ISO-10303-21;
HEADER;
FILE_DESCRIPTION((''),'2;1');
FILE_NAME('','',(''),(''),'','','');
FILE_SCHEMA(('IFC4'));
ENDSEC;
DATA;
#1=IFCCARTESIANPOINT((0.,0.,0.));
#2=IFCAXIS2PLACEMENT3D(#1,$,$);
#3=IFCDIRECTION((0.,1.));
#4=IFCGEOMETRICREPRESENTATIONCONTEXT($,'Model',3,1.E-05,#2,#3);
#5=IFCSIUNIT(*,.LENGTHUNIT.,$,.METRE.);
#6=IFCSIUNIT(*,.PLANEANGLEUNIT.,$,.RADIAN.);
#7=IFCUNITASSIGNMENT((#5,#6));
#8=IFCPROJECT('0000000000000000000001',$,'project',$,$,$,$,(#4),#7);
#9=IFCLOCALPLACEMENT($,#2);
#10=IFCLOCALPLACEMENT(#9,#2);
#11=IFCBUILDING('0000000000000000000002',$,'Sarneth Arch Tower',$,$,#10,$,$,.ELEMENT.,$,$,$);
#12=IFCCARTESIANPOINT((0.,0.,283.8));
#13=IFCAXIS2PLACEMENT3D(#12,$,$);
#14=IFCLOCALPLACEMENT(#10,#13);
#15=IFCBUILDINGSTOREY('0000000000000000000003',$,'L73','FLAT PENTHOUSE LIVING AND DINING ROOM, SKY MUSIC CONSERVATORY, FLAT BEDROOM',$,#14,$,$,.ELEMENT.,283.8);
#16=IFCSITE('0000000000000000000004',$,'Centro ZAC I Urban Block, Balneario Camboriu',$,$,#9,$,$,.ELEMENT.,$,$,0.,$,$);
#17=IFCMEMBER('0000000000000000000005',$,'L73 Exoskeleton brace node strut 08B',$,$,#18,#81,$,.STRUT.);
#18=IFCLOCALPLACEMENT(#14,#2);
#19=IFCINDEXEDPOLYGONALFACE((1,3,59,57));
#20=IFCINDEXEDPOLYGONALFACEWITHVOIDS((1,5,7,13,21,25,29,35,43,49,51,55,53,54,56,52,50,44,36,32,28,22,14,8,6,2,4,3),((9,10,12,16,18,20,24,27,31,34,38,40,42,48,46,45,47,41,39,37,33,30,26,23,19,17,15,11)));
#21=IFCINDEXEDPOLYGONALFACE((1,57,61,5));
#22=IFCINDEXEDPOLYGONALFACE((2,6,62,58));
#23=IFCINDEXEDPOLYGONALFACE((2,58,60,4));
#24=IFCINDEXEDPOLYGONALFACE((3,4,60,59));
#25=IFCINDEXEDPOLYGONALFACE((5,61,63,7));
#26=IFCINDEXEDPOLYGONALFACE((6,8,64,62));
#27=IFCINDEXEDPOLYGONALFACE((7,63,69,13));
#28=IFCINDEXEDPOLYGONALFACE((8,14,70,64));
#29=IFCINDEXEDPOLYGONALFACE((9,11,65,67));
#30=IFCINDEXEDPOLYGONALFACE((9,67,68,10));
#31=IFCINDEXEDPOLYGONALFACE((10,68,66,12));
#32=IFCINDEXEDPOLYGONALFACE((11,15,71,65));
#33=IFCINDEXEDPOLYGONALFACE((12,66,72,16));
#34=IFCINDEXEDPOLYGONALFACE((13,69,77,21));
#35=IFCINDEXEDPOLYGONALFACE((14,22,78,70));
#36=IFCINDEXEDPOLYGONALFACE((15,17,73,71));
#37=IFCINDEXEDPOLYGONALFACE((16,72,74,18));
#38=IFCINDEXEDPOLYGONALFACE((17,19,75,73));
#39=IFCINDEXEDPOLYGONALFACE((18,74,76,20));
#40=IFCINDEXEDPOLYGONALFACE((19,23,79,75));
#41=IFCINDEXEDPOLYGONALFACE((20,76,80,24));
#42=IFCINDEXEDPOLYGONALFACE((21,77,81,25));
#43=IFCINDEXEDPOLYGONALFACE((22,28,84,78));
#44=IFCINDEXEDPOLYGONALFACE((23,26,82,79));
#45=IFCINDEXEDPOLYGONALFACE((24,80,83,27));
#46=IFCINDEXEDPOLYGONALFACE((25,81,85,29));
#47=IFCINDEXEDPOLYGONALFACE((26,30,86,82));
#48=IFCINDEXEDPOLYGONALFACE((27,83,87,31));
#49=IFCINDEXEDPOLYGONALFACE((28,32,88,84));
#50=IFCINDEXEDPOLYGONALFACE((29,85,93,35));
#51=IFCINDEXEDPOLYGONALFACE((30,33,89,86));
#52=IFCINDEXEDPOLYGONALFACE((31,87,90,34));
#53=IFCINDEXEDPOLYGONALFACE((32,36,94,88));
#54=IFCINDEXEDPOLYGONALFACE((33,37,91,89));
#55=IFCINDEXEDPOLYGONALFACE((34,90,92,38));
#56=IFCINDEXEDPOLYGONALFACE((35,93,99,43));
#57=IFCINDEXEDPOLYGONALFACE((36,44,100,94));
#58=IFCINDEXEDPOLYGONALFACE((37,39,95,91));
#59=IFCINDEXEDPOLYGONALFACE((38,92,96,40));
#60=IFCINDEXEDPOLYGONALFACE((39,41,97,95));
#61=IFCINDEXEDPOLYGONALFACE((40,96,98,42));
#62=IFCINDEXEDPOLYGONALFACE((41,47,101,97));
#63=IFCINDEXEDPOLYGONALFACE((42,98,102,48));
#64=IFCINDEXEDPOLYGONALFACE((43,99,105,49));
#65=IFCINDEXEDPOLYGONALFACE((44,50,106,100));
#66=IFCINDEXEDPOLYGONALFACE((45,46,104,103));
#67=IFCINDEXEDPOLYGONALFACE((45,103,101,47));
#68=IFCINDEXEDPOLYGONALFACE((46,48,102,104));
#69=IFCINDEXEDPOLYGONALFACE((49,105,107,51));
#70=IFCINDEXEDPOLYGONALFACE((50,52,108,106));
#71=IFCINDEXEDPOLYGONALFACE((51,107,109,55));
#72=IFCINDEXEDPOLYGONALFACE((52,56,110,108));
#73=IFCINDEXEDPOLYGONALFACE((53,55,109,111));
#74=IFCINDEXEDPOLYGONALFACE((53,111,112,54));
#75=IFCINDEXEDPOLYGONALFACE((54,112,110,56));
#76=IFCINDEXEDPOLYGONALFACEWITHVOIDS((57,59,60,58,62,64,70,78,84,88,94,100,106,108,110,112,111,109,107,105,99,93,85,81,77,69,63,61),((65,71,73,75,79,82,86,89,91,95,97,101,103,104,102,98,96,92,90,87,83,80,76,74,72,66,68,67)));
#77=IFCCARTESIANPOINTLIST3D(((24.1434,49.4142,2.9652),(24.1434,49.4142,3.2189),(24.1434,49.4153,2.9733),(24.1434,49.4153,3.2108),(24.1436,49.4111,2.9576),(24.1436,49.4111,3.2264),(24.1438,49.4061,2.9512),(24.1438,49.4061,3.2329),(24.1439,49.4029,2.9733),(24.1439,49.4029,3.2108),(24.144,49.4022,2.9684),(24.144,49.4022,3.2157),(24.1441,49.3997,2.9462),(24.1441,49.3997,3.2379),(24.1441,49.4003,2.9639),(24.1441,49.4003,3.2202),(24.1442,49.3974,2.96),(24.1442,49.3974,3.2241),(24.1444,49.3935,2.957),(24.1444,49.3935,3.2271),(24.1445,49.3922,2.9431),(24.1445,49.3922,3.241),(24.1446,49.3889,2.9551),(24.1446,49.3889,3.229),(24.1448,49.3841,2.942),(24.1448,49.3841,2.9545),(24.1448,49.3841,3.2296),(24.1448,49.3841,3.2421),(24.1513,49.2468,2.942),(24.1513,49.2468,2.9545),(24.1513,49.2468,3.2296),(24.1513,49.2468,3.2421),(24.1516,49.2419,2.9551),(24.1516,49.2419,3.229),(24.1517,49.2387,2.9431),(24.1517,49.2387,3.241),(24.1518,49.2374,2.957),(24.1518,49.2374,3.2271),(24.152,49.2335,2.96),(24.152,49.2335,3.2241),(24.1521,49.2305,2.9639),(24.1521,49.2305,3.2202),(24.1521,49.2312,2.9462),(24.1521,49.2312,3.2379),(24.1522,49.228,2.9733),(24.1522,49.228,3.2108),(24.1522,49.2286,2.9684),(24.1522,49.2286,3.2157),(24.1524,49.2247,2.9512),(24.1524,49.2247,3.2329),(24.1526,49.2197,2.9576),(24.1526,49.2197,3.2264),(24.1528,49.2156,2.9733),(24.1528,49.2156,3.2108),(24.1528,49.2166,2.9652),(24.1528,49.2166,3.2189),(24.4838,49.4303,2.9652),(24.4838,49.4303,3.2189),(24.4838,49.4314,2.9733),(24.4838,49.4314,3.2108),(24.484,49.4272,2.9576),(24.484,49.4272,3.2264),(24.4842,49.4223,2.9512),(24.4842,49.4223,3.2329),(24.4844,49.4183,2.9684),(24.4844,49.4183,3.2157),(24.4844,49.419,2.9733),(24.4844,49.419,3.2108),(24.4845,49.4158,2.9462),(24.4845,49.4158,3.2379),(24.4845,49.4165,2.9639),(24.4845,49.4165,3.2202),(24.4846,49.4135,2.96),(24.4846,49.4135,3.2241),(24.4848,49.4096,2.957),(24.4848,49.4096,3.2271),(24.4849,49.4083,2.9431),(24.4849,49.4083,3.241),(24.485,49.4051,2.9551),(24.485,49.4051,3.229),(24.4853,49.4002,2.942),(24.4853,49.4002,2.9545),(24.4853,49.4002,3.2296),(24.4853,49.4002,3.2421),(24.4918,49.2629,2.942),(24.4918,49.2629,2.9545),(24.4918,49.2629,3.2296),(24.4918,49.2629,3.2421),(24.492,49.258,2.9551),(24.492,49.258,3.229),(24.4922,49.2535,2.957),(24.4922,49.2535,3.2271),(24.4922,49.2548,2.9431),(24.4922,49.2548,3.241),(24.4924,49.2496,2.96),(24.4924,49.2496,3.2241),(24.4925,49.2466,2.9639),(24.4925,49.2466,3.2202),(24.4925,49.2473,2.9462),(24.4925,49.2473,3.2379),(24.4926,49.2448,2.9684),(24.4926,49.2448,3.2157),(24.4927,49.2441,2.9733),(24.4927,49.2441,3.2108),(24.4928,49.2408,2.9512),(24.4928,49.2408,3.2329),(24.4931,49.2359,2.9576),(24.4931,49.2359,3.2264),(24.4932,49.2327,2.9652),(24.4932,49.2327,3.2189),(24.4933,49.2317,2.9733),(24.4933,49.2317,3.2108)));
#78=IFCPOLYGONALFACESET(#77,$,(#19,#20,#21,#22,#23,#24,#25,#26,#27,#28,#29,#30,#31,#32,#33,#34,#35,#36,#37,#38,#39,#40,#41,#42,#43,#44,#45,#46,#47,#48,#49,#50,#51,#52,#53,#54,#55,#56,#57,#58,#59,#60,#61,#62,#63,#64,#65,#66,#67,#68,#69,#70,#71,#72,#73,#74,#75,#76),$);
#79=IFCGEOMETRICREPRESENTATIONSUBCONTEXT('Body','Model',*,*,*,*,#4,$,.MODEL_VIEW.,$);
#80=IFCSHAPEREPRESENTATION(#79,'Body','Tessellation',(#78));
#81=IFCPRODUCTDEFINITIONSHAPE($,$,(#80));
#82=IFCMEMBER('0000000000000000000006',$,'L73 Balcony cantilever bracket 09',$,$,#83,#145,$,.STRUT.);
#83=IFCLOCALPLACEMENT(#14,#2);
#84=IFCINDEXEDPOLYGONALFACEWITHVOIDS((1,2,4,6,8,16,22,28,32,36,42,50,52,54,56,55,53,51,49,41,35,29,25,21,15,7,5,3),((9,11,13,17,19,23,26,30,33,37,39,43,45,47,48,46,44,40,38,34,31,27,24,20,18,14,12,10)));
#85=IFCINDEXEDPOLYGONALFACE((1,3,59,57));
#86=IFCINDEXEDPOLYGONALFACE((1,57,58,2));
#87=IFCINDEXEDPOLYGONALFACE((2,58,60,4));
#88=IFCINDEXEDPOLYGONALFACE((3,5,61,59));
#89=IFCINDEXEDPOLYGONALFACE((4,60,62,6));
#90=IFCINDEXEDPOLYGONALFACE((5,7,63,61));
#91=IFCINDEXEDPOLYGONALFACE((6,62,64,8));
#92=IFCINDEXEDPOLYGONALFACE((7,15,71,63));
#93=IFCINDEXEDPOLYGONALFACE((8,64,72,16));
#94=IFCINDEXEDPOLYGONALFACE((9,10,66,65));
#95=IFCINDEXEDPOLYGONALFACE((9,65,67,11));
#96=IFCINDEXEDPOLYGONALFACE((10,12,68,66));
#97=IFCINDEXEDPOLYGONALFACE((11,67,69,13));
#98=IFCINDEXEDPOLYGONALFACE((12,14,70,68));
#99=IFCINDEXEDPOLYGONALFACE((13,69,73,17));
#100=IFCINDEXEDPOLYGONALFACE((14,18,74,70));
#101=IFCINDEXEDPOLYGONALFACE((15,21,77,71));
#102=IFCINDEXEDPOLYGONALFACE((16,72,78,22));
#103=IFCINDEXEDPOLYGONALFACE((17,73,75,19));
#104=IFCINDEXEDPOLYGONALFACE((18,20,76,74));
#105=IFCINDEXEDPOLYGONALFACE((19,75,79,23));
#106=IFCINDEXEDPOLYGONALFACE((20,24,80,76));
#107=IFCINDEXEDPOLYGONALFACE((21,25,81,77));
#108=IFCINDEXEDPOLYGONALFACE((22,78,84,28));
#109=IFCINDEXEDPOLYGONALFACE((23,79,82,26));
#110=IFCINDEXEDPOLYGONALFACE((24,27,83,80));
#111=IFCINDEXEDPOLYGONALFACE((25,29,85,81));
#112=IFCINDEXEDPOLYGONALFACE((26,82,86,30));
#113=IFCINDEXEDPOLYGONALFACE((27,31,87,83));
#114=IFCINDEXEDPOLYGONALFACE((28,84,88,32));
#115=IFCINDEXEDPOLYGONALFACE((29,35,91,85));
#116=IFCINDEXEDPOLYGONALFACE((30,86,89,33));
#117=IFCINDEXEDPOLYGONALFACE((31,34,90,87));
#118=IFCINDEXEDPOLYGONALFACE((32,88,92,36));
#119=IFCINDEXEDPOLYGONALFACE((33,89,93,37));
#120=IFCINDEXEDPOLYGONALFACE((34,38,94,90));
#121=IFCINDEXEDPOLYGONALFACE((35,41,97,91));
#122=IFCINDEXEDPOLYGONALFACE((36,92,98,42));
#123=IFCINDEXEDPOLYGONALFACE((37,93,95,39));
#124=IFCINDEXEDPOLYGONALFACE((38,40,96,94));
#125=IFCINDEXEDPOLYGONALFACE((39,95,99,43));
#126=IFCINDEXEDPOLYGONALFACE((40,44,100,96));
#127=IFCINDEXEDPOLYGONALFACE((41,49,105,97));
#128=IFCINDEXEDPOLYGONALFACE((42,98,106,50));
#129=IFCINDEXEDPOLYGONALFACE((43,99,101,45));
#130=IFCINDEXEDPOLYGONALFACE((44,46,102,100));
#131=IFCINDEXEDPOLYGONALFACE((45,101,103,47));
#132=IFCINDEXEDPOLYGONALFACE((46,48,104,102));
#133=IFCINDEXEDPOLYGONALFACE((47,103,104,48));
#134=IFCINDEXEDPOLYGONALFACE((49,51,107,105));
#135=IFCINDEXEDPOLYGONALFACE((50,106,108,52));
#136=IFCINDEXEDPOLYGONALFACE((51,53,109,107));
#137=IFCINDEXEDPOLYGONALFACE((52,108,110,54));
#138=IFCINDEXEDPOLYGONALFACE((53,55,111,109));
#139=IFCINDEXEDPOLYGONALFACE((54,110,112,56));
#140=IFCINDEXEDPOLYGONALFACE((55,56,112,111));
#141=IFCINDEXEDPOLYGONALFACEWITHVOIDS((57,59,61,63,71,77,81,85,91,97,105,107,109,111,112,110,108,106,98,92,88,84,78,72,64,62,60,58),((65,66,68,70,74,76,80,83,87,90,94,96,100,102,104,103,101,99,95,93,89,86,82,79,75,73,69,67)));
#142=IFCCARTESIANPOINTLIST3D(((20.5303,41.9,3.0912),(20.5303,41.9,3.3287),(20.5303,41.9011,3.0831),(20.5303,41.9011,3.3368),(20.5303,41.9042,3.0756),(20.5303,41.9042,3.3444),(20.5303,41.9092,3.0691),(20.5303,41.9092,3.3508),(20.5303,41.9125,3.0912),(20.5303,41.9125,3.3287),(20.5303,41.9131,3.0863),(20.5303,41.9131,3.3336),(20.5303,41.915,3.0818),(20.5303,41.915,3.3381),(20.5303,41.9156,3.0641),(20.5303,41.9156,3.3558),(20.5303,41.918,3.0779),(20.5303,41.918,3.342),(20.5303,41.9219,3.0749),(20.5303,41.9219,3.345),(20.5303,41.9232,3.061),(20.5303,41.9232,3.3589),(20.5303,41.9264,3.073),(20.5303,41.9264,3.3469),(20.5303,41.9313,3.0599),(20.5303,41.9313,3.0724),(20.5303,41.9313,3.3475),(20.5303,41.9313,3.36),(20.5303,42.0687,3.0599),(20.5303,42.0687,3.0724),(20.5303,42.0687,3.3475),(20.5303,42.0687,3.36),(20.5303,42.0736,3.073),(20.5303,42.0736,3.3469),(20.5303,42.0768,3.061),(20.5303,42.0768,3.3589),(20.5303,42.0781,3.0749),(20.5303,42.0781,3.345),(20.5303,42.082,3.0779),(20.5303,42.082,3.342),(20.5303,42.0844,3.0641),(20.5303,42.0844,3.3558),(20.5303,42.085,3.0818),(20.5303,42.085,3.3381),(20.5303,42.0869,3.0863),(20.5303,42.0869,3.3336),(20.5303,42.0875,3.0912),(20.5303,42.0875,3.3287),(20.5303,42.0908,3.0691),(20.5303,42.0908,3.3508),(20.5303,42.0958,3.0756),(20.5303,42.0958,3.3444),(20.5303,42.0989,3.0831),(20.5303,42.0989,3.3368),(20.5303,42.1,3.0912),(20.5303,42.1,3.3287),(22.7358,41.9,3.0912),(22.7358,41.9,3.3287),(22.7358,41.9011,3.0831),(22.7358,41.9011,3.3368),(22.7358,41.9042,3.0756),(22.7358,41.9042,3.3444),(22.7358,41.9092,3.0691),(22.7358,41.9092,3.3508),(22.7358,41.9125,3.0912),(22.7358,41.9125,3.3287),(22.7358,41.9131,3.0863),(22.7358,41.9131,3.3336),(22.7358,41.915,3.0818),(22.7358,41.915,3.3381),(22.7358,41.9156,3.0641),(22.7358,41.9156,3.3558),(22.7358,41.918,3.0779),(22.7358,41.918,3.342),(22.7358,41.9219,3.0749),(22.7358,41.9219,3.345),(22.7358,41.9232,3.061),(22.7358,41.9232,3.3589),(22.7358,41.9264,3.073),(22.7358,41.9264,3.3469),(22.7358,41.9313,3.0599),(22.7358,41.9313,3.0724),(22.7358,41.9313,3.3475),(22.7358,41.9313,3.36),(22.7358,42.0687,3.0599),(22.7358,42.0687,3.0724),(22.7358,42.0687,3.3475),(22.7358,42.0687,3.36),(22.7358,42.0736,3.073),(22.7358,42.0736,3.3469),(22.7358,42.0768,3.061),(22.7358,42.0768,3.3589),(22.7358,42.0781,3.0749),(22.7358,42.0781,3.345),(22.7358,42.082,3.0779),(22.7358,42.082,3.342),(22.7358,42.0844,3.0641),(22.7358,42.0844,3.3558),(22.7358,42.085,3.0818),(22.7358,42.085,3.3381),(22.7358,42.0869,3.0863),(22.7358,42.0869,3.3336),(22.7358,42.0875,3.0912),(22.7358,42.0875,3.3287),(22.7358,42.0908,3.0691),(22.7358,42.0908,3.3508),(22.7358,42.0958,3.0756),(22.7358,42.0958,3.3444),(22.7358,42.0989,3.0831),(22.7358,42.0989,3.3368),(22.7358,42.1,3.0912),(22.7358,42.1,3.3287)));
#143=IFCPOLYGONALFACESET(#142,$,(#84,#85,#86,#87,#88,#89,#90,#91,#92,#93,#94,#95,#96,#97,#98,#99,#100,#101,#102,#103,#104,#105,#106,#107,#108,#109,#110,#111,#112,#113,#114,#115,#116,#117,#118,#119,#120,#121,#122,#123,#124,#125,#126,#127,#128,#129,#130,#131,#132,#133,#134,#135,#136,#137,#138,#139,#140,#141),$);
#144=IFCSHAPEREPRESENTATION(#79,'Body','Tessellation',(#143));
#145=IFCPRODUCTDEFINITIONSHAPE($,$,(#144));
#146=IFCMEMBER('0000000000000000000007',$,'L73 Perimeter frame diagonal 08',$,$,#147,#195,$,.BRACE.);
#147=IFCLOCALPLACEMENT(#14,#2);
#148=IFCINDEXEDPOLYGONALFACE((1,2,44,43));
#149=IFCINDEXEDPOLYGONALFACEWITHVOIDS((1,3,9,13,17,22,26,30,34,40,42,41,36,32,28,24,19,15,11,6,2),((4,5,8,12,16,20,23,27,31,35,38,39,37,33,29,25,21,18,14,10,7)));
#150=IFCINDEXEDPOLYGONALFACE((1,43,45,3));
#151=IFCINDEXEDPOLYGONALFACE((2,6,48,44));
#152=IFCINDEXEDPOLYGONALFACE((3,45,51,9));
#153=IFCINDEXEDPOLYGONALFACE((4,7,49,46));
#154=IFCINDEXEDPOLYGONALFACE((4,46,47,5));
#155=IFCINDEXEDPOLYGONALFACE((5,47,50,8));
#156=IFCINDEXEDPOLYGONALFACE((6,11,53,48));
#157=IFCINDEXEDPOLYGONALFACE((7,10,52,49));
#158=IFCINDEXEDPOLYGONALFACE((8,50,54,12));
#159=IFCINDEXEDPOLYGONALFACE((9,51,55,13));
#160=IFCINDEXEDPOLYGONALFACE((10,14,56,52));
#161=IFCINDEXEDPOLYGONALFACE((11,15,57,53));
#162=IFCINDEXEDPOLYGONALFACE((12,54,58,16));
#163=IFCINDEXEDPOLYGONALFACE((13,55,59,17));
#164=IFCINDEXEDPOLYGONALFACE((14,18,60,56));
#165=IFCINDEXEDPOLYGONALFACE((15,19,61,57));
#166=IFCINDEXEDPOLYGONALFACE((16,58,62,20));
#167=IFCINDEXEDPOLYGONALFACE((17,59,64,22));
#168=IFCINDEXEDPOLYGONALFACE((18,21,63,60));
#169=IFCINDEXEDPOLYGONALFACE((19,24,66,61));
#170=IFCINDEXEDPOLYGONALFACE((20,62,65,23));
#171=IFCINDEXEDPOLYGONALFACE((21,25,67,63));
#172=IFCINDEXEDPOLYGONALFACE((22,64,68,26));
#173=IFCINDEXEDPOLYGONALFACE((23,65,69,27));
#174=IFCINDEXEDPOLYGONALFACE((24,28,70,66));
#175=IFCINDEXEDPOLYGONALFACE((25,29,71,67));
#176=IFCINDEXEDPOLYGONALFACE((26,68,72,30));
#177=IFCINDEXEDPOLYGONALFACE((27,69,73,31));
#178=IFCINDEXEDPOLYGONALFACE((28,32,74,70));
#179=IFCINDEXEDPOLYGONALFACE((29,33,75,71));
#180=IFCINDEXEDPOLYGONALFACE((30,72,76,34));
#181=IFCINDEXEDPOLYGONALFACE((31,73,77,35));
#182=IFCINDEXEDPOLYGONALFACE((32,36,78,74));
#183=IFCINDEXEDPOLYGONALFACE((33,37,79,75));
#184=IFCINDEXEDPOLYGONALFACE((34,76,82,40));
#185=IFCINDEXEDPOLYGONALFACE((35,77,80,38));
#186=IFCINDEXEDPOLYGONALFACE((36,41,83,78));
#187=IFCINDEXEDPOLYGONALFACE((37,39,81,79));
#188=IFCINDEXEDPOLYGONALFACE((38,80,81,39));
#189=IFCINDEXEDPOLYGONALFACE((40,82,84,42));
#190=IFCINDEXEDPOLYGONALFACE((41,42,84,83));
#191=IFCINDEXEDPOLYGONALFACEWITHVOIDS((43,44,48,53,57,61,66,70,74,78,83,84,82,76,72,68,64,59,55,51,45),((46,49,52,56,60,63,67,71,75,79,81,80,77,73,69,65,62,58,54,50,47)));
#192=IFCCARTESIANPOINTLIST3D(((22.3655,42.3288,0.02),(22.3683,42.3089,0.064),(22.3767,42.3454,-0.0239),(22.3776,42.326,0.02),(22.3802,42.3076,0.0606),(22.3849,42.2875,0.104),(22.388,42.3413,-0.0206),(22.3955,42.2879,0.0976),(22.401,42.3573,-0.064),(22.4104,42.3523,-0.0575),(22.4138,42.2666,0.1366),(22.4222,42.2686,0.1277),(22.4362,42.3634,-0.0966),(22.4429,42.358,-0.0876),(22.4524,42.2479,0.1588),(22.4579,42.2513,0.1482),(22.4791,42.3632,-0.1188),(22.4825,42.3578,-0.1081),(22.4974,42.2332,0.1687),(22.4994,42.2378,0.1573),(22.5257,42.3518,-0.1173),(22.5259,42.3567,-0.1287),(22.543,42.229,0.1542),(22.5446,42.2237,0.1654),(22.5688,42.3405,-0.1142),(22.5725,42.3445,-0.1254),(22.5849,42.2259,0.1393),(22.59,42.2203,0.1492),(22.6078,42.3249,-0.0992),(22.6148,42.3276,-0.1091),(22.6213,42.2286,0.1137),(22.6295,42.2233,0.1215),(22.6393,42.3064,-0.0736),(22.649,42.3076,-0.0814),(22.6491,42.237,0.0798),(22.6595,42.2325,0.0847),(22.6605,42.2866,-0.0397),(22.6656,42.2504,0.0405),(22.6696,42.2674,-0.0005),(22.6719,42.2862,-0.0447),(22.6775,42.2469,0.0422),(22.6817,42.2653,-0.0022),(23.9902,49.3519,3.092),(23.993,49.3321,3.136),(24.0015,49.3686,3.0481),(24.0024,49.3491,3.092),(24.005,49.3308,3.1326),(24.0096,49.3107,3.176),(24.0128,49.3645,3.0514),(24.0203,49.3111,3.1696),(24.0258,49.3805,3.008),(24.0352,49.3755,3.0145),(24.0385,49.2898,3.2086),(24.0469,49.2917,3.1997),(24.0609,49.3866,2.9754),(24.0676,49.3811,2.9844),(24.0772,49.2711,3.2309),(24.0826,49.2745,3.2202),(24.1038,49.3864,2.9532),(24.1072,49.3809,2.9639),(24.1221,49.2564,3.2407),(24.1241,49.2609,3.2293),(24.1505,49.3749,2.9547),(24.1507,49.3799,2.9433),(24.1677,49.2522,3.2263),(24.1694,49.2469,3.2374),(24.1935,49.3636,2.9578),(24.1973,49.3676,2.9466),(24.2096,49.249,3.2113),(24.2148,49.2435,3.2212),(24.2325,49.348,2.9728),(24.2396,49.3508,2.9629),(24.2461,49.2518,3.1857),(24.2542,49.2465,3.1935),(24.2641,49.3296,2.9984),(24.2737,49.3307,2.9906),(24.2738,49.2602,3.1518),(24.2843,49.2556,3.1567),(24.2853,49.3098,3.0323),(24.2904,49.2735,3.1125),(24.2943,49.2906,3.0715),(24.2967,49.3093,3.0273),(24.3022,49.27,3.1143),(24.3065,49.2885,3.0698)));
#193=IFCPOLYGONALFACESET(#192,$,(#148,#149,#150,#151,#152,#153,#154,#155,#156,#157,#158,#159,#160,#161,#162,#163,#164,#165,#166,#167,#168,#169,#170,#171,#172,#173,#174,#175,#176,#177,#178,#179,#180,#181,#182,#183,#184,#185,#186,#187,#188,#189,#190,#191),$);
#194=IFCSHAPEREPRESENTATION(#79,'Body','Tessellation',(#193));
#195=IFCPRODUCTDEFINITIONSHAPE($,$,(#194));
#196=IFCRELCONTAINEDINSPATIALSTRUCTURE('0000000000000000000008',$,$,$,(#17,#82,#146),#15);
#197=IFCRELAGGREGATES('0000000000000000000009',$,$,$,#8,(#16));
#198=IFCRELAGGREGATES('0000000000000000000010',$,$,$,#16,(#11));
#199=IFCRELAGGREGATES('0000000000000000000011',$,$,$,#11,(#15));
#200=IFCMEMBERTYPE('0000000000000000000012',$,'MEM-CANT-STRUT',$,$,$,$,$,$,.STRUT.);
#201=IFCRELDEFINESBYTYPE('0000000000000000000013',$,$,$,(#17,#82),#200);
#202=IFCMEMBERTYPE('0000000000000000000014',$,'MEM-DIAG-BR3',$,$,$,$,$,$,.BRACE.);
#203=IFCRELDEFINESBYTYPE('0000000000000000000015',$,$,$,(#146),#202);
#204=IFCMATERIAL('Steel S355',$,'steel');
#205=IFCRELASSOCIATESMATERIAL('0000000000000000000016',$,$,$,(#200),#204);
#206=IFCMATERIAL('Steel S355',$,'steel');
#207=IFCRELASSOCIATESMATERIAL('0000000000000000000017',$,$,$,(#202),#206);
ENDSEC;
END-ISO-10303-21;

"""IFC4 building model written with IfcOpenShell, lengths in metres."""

from ifc_helpers import new_model, si_unit, direction, frame, origin, origin_2d, place, context, subcontext, project, spatial, hollow_rectangle, hollow_circle, extrude, material, material_profile, profile_set, type_object, element, save


model = new_model("IFC4")

# Units and contexts
model_context = context("Model", 3, precision=1e-05, world=origin(), true_north=direction((0.0, 1.0)))
body_context = subcontext(model_context, "Body", "Model", "MODEL_VIEW")
ifc_project = project(units=[si_unit("LENGTHUNIT", "METRE"), si_unit("PLANEANGLEUNIT", "RADIAN")], contexts=[model_context])

# Site, building, storey
site_placement = place(None, origin())
site = spatial("IfcSite", under=ifc_project, at=site_placement, Name="Centro ZAC I Urban Block, Balneario Camboriu", CompositionType="ELEMENT", RefElevation=0.0)
building_placement = place(site_placement, origin())
building = spatial("IfcBuilding", under=site, at=building_placement, Name="Sarneth Arch Tower", CompositionType="ELEMENT")
storey_placement = place(building_placement, frame((0.0, 0.0, 283.8)))
storey = spatial("IfcBuildingStorey", under=building, at=storey_placement, Name="L73", Description="FLAT PENTHOUSE LIVING AND DINING ROOM, SKY MUSIC CONSERVATORY, FLAT BEDROOM", CompositionType="ELEMENT", Elevation=283.8)

# Members
ifc_material_1 = material(Name="Steel S355", Category="steel")
ifc_material_profile_1 = material_profile(ifc_material_1, hollow_rectangle(XDim=0.2, YDim=0.3, WallThickness=0.0125, InnerFilletRadius=0.0188, OuterFilletRadius=0.0312, at=origin_2d()), Name="RHS300x200x12.5")
ifc_profile_set_1 = profile_set([ifc_material_profile_1], Name="Steel S355")
member_type_1 = type_object("IfcMemberType", Name="MEM-CANT-STRUT", PredefinedType="STRUT", material=ifc_profile_set_1)
member_1_placement = place(storey_placement, frame((24.4885, 49.3315, 3.092), z_axis=(-0.998881, -0.047293, 0.0), x_axis=(0.047293, -0.998881, 0.0)))
element("IfcMember", 1, at=member_1_placement, inside=storey, type_object=member_type_1, Name="L73 Exoskeleton brace node strut 08B", PredefinedType="STRUT", context=body_context, shape_type="SweptSolid", body=[
    extrude(hollow_rectangle(XDim=0.2, YDim=0.3, WallThickness=0.0125, InnerFilletRadius=0.0188, OuterFilletRadius=0.0312, at=origin_2d()), origin(), (0.0, 0.0, 1.0), 0.3408),
])
member_2_placement = place(storey_placement, frame((22.7358, 42.0, 3.21), z_axis=(-1.0, 0.0, 0.0), x_axis=(0.0, -1.0, 0.0)))
element("IfcMember", 2, at=member_2_placement, inside=storey, type_object=member_type_1, Name="L73 Balcony cantilever bracket 09", PredefinedType="STRUT", context=body_context, shape_type="SweptSolid", body=[
    extrude(hollow_rectangle(XDim=0.2, YDim=0.3, WallThickness=0.0125, InnerFilletRadius=0.0188, OuterFilletRadius=0.0312, at=origin_2d()), origin(), (0.0, 0.0, 1.0), 2.2056),
])
ifc_material_2 = material(Name="Steel S355", Category="steel")
ifc_material_profile_2 = material_profile(ifc_material_2, hollow_circle(Radius=0.1621, WallThickness=0.0125, at=origin_2d()), Name="CHS324x12.5")
ifc_profile_set_2 = profile_set([ifc_material_profile_2], Name="Steel S355")
member_type_2 = type_object("IfcMemberType", Name="MEM-DIAG-BR3", PredefinedType="BRACE", material=ifc_profile_set_2)
member_3_placement = place(storey_placement, frame((22.5234, 42.2922, 0.02), z_axis=(0.207346, 0.896276, 0.392041), x_axis=(-0.974269, 0.225389, 0.0)))
element("IfcMember", 3, at=member_3_placement, inside=storey, type_object=member_type_2, Name="L73 Perimeter frame diagonal 08", PredefinedType="BRACE", context=body_context, shape_type="SweptSolid", body=[
    extrude(hollow_circle(Radius=0.1621, WallThickness=0.0125, at=origin_2d()), origin(), (0.0, 0.0, 1.0), 7.8359),
])

save(model, "model.ifc")
